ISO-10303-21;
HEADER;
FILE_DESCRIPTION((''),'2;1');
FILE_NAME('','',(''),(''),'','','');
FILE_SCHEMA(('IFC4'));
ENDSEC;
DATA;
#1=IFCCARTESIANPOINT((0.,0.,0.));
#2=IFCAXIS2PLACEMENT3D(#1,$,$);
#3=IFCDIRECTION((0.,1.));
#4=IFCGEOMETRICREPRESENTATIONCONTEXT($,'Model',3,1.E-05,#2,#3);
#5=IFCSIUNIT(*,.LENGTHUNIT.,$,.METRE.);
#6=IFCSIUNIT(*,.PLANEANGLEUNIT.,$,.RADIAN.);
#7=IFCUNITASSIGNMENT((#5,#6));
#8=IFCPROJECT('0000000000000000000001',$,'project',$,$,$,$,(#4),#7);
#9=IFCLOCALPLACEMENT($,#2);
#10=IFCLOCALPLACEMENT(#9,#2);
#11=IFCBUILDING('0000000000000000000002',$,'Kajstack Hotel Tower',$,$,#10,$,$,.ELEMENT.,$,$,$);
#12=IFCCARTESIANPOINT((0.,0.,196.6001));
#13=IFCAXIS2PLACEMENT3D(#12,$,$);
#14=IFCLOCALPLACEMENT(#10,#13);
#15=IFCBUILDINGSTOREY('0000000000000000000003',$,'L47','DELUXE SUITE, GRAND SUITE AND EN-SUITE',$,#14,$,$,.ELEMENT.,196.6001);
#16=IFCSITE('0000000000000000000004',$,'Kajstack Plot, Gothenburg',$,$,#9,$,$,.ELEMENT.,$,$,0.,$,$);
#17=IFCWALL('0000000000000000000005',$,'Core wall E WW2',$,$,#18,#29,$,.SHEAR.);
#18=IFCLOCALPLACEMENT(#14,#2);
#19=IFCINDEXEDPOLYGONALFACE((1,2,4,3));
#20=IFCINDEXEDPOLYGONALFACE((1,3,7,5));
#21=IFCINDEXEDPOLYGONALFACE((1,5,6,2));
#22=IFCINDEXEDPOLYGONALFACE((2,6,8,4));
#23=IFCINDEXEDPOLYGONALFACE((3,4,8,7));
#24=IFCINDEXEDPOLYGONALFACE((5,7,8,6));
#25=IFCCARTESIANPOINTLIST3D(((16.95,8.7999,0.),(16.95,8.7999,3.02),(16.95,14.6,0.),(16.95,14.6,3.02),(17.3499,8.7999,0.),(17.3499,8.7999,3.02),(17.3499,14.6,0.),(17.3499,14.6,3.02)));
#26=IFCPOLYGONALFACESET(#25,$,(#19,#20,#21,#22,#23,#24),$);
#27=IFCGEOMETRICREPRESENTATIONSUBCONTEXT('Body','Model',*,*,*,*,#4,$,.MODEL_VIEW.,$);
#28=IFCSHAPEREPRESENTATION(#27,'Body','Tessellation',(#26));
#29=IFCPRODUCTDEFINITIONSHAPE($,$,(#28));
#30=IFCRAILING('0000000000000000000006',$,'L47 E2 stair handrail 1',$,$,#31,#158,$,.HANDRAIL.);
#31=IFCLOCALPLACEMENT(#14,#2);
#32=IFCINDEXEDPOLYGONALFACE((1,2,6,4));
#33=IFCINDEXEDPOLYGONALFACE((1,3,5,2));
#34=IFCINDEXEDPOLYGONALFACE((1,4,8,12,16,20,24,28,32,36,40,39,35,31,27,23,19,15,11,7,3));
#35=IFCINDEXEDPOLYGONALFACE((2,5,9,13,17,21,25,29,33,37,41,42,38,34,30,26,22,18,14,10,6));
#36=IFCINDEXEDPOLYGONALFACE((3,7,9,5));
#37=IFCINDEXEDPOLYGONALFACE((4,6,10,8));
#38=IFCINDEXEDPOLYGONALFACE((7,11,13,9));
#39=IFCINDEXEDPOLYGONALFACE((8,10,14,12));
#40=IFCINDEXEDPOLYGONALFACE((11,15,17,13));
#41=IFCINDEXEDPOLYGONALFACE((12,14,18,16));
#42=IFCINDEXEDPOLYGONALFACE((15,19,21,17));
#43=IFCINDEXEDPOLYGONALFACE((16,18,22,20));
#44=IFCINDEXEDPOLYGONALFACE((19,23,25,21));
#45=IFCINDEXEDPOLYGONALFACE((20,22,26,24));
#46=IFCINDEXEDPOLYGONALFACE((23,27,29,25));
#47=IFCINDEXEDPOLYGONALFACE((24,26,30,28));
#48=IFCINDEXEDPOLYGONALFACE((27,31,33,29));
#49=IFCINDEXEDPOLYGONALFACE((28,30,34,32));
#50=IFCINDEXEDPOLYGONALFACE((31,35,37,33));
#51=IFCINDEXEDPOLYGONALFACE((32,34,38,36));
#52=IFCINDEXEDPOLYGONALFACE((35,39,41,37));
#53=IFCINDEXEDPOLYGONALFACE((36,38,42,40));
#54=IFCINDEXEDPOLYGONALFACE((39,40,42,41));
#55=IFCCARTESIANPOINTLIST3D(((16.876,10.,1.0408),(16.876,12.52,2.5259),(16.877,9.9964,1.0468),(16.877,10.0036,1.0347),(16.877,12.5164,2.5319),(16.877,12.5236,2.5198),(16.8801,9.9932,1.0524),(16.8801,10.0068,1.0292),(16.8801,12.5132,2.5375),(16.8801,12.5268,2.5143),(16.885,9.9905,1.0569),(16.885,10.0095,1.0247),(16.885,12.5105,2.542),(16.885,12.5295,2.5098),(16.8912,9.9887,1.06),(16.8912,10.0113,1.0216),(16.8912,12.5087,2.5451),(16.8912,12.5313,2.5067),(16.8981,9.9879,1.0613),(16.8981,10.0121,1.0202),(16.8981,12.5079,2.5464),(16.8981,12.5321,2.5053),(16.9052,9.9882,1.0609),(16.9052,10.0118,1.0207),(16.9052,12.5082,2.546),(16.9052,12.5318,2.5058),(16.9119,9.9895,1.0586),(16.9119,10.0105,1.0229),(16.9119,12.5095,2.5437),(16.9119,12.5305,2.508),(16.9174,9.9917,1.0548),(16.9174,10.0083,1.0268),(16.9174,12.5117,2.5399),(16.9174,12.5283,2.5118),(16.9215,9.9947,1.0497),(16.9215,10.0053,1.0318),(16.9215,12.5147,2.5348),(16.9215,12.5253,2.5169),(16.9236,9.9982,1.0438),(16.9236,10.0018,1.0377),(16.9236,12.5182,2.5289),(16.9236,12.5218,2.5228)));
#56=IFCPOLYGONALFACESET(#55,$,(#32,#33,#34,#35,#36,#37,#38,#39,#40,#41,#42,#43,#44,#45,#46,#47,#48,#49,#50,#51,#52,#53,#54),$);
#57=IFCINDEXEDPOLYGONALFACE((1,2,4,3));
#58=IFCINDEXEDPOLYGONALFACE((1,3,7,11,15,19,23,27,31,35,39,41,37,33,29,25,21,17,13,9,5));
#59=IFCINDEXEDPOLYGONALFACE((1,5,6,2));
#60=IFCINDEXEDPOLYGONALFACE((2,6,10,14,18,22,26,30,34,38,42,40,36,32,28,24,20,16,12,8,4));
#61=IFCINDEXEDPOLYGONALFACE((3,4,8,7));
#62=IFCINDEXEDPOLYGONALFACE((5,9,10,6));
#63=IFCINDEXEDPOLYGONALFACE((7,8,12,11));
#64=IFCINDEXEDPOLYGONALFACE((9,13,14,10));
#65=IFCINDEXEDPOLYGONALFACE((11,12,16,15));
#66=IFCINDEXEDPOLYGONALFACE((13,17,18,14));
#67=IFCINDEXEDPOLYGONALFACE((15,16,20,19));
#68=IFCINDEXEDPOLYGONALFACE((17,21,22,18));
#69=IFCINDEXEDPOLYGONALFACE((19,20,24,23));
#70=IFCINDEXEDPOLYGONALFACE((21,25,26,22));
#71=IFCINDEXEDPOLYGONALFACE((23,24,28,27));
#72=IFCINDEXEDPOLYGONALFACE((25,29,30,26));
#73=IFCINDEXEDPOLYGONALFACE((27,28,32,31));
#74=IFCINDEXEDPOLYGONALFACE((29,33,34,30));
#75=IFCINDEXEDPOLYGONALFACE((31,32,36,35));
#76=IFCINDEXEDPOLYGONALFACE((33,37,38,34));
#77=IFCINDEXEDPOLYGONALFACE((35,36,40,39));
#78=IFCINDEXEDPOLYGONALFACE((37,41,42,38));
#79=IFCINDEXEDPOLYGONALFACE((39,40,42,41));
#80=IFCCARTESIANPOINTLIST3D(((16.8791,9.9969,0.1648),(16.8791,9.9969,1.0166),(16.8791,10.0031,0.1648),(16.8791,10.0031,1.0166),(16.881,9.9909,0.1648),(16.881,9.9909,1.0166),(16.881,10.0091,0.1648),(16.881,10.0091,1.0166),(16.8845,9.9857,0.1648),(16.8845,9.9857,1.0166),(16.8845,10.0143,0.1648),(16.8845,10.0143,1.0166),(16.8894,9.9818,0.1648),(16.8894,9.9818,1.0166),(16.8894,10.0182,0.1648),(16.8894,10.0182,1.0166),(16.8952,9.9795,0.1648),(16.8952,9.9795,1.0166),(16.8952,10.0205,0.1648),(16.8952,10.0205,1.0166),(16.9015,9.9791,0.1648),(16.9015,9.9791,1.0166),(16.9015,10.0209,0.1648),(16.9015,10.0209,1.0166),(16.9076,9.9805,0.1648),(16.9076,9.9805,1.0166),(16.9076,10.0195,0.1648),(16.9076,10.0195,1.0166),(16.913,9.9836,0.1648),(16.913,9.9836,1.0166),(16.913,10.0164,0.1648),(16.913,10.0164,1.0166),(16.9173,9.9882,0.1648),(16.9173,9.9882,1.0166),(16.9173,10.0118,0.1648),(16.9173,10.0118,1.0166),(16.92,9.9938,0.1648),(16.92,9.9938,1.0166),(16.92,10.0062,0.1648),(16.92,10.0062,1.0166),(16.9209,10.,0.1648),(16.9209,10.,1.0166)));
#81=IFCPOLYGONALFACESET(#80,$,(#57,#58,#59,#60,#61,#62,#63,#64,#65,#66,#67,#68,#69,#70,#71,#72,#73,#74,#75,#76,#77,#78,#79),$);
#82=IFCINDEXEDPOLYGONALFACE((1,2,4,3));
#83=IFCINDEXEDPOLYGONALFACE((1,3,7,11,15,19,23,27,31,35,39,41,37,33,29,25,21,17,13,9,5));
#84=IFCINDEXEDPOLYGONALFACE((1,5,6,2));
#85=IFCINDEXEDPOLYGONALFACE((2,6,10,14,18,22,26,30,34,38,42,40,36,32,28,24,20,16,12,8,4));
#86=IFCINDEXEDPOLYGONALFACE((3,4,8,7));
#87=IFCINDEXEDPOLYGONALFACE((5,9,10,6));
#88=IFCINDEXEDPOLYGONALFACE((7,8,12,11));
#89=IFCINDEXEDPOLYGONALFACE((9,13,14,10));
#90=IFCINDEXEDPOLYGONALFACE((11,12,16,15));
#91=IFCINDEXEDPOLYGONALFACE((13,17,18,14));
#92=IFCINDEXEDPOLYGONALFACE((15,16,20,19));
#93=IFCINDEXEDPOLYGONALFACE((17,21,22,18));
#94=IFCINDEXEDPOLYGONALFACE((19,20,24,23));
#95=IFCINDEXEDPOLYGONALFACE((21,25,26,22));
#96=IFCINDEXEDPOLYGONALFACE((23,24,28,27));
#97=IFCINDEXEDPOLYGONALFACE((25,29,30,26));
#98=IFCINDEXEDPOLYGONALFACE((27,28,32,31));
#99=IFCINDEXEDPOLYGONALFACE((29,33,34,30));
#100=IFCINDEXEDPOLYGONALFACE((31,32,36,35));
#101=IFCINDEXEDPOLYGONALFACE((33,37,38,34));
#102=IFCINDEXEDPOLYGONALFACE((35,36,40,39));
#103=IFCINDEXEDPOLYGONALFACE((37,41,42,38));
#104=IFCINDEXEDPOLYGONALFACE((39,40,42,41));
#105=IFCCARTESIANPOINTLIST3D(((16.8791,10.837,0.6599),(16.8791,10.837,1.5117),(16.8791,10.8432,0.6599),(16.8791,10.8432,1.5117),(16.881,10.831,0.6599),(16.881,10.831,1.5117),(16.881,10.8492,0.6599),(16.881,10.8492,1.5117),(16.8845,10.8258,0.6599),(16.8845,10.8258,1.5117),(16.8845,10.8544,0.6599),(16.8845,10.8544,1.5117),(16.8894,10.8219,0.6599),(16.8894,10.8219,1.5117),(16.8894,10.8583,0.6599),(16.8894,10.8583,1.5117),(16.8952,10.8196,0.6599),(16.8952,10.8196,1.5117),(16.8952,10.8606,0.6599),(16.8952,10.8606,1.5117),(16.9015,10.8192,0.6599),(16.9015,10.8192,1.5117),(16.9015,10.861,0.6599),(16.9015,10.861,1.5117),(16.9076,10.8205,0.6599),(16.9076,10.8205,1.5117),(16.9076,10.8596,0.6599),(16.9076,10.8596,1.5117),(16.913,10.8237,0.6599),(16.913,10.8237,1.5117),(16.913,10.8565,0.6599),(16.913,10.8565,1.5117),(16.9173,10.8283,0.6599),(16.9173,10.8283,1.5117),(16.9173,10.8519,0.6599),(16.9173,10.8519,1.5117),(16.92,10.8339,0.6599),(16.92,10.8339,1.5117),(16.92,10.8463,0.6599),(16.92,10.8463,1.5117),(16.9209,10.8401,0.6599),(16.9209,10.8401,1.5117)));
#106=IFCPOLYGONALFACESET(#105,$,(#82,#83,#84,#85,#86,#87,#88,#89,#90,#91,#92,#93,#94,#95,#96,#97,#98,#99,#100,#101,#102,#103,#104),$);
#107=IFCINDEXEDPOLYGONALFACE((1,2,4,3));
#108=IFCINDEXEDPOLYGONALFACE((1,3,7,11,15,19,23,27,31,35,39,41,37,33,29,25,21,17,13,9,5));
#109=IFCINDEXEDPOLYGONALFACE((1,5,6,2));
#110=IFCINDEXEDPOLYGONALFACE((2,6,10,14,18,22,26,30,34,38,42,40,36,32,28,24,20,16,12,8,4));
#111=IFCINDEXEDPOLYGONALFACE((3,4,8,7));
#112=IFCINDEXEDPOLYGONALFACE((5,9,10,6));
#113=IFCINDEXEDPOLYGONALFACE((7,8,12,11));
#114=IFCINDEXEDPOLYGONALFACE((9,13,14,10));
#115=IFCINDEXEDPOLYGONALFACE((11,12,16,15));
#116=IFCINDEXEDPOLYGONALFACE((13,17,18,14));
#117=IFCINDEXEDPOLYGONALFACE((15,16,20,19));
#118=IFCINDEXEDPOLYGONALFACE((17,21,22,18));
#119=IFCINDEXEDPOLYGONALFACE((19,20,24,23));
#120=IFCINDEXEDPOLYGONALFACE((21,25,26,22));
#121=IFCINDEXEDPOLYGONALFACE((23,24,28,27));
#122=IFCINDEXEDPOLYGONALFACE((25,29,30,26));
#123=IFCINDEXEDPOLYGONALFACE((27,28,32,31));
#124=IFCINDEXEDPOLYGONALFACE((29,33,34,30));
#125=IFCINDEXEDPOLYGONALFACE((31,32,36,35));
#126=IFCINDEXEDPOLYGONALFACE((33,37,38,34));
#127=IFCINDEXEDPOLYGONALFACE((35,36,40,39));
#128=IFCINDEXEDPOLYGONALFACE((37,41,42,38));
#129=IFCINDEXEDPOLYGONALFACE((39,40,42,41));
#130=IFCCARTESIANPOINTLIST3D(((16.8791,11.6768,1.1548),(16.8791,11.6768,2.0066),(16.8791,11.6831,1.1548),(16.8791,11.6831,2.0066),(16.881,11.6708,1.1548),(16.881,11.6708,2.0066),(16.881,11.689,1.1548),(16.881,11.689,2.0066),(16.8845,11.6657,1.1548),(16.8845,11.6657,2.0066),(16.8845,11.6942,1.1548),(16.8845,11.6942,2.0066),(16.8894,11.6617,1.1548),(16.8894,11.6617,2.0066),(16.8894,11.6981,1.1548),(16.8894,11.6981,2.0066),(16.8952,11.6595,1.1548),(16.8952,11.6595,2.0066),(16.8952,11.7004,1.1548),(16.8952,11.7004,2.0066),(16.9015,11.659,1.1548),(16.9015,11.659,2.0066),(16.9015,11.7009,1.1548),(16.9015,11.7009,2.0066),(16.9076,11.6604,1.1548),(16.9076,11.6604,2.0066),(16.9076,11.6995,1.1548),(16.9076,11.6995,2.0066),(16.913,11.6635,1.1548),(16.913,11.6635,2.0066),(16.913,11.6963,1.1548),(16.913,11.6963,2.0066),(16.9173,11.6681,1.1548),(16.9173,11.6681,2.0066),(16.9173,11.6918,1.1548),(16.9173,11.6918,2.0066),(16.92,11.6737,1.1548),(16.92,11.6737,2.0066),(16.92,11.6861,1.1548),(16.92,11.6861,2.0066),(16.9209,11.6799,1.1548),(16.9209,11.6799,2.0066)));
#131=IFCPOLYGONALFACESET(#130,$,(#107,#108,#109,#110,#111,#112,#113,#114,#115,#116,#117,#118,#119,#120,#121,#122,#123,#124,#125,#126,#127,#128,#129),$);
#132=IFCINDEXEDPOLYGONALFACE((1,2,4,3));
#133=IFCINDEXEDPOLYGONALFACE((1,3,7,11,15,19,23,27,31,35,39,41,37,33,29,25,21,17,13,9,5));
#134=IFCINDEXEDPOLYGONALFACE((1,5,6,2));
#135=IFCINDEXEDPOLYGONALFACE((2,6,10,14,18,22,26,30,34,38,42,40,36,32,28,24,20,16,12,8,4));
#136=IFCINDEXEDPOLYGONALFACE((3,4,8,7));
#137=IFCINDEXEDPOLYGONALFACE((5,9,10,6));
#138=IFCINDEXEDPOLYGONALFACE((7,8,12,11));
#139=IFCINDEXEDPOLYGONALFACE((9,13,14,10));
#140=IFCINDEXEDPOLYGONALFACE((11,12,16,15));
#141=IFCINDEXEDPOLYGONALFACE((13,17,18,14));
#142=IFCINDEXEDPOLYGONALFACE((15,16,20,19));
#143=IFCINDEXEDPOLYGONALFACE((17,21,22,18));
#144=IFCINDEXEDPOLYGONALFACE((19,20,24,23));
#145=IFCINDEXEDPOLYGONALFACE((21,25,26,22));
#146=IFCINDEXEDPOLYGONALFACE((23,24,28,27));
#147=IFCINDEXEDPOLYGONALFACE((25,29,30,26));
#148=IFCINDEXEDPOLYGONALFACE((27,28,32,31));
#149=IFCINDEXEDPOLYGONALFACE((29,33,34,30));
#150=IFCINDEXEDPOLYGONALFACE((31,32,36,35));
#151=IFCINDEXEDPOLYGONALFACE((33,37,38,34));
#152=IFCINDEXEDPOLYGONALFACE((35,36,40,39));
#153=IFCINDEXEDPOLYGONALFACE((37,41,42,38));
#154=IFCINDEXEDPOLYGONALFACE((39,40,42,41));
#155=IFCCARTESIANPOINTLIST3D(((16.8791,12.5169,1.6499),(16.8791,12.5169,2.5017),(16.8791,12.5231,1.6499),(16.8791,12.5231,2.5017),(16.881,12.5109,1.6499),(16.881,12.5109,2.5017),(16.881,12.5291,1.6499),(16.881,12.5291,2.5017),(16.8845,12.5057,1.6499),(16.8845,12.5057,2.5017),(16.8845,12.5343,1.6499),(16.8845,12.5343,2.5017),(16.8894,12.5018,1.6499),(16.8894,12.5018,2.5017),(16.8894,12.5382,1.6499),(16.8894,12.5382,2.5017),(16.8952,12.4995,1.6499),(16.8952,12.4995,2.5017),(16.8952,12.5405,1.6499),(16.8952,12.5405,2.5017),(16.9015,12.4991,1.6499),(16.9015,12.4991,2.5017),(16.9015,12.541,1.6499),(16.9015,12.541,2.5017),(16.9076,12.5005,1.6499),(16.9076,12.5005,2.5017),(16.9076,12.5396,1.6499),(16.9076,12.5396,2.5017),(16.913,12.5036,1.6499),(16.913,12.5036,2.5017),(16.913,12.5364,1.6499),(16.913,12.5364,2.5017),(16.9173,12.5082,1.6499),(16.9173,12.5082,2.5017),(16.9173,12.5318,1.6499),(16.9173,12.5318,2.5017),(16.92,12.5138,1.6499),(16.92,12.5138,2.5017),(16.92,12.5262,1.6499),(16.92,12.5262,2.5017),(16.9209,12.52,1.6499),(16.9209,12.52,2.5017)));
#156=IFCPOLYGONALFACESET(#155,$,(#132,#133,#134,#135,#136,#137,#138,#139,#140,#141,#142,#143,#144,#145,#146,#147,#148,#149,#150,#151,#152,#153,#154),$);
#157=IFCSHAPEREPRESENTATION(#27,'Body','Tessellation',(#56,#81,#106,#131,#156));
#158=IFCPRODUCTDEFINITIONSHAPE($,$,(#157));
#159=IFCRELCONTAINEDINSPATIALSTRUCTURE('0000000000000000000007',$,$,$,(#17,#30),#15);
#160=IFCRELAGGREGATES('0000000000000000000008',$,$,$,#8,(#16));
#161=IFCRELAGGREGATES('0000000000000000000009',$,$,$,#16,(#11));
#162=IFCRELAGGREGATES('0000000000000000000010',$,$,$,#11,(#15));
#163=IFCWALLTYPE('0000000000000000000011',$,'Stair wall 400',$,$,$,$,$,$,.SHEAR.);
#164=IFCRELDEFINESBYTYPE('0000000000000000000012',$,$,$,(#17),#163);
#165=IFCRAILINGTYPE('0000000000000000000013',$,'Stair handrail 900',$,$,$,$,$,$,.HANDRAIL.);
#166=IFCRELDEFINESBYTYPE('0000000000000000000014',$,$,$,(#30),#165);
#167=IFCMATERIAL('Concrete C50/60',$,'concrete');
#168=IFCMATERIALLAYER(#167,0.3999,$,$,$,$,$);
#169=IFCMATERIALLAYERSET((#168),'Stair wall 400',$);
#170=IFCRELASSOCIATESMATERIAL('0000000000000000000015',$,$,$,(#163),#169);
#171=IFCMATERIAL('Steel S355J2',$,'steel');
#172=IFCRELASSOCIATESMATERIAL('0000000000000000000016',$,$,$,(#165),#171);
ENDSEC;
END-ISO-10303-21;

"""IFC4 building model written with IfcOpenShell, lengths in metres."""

from ifc_helpers import new_model, si_unit, direction, frame, frame_2d, origin, origin_2d, place, context, subcontext, project, spatial, rectangle, circle, extrude, material, layer, layer_set, type_object, element, save


model = new_model("IFC4")

# Units and contexts
model_context = context("Model", 3, precision=1e-05, world=origin(), true_north=direction((0.0, 1.0)))
body_context = subcontext(model_context, "Body", "Model", "MODEL_VIEW")
ifc_project = project(units=[si_unit("LENGTHUNIT", "METRE"), si_unit("PLANEANGLEUNIT", "RADIAN")], contexts=[model_context])

# Site, building, storey
site_placement = place(None, origin())
site = spatial("IfcSite", under=ifc_project, at=site_placement, Name="Kajstack Plot, Gothenburg", CompositionType="ELEMENT", RefElevation=0.0)
building_placement = place(site_placement, origin())
building = spatial("IfcBuilding", under=site, at=building_placement, Name="Kajstack Hotel Tower", CompositionType="ELEMENT")
storey_placement = place(building_placement, frame((0.0, 0.0, 196.6001)))
storey = spatial("IfcBuildingStorey", under=building, at=storey_placement, Name="L47", Description="DELUXE SUITE, GRAND SUITE AND EN-SUITE", CompositionType="ELEMENT", Elevation=196.6001)

# Shared definitions
ifc_material_1 = material(Name="Concrete C50/60", Category="concrete")

# Wall
ifc_layer_1 = layer(ifc_material_1, 0.3999)
ifc_layer_set_1 = layer_set([ifc_layer_1], Name="Stair wall 400")
wall_type_1 = type_object("IfcWallType", Name="Stair wall 400", PredefinedType="SHEAR", material=ifc_layer_set_1)
wall_1_placement = place(storey_placement, frame((17.1499, 8.8, 0.0), z_axis=(0.0, 0.0, 1.0), x_axis=(0.0, 1.0, 0.0)))
element("IfcWall", 1, at=wall_1_placement, inside=storey, type_object=wall_type_1, Name="Core wall E WW2", PredefinedType="SHEAR", context=body_context, shape_type="SweptSolid", body=[
    extrude(rectangle(XDim=5.8, YDim=0.3999, at=frame_2d((2.8999, 0.0))), origin(), (0.0, 0.0, 1.0), 3.02),
])

# Railing
ifc_material_2 = material(Name="Steel S355J2", Category="steel")
railing_type_1 = type_object("IfcRailingType", Name="Stair handrail 900", PredefinedType="HANDRAIL", material=ifc_material_2)
railing_1_placement = place(storey_placement, frame((16.8999, 10.0, 0.1648)))
element("IfcRailing", 2, at=railing_1_placement, inside=storey, type_object=railing_type_1, Name="L47 E2 stair handrail 1", PredefinedType="HANDRAIL", context=body_context, shape_type="SweptSolid", body=[
    extrude(circle(Radius=0.0239, at=origin_2d()), frame((0.0, 0.0, 0.876), z_axis=(0.0, 0.861524, 0.507717), x_axis=(-1.0, 0.0, 0.0)), (0.0, 0.0, 1.0), 2.925),
    extrude(circle(Radius=0.021, at=origin_2d()), origin(), (0.0, 0.0, 1.0), 0.8518),
    extrude(circle(Radius=0.021, at=origin_2d()), frame((0.0, 0.8401, 0.4951)), (0.0, 0.0, 1.0), 0.8518),
    extrude(circle(Radius=0.021, at=origin_2d()), frame((0.0, 1.6799, 0.99)), (0.0, 0.0, 1.0), 0.8518),
    extrude(circle(Radius=0.021, at=origin_2d()), frame((0.0, 2.52, 1.4851)), (0.0, 0.0, 1.0), 0.8518),
])

save(model, "model.ifc")
